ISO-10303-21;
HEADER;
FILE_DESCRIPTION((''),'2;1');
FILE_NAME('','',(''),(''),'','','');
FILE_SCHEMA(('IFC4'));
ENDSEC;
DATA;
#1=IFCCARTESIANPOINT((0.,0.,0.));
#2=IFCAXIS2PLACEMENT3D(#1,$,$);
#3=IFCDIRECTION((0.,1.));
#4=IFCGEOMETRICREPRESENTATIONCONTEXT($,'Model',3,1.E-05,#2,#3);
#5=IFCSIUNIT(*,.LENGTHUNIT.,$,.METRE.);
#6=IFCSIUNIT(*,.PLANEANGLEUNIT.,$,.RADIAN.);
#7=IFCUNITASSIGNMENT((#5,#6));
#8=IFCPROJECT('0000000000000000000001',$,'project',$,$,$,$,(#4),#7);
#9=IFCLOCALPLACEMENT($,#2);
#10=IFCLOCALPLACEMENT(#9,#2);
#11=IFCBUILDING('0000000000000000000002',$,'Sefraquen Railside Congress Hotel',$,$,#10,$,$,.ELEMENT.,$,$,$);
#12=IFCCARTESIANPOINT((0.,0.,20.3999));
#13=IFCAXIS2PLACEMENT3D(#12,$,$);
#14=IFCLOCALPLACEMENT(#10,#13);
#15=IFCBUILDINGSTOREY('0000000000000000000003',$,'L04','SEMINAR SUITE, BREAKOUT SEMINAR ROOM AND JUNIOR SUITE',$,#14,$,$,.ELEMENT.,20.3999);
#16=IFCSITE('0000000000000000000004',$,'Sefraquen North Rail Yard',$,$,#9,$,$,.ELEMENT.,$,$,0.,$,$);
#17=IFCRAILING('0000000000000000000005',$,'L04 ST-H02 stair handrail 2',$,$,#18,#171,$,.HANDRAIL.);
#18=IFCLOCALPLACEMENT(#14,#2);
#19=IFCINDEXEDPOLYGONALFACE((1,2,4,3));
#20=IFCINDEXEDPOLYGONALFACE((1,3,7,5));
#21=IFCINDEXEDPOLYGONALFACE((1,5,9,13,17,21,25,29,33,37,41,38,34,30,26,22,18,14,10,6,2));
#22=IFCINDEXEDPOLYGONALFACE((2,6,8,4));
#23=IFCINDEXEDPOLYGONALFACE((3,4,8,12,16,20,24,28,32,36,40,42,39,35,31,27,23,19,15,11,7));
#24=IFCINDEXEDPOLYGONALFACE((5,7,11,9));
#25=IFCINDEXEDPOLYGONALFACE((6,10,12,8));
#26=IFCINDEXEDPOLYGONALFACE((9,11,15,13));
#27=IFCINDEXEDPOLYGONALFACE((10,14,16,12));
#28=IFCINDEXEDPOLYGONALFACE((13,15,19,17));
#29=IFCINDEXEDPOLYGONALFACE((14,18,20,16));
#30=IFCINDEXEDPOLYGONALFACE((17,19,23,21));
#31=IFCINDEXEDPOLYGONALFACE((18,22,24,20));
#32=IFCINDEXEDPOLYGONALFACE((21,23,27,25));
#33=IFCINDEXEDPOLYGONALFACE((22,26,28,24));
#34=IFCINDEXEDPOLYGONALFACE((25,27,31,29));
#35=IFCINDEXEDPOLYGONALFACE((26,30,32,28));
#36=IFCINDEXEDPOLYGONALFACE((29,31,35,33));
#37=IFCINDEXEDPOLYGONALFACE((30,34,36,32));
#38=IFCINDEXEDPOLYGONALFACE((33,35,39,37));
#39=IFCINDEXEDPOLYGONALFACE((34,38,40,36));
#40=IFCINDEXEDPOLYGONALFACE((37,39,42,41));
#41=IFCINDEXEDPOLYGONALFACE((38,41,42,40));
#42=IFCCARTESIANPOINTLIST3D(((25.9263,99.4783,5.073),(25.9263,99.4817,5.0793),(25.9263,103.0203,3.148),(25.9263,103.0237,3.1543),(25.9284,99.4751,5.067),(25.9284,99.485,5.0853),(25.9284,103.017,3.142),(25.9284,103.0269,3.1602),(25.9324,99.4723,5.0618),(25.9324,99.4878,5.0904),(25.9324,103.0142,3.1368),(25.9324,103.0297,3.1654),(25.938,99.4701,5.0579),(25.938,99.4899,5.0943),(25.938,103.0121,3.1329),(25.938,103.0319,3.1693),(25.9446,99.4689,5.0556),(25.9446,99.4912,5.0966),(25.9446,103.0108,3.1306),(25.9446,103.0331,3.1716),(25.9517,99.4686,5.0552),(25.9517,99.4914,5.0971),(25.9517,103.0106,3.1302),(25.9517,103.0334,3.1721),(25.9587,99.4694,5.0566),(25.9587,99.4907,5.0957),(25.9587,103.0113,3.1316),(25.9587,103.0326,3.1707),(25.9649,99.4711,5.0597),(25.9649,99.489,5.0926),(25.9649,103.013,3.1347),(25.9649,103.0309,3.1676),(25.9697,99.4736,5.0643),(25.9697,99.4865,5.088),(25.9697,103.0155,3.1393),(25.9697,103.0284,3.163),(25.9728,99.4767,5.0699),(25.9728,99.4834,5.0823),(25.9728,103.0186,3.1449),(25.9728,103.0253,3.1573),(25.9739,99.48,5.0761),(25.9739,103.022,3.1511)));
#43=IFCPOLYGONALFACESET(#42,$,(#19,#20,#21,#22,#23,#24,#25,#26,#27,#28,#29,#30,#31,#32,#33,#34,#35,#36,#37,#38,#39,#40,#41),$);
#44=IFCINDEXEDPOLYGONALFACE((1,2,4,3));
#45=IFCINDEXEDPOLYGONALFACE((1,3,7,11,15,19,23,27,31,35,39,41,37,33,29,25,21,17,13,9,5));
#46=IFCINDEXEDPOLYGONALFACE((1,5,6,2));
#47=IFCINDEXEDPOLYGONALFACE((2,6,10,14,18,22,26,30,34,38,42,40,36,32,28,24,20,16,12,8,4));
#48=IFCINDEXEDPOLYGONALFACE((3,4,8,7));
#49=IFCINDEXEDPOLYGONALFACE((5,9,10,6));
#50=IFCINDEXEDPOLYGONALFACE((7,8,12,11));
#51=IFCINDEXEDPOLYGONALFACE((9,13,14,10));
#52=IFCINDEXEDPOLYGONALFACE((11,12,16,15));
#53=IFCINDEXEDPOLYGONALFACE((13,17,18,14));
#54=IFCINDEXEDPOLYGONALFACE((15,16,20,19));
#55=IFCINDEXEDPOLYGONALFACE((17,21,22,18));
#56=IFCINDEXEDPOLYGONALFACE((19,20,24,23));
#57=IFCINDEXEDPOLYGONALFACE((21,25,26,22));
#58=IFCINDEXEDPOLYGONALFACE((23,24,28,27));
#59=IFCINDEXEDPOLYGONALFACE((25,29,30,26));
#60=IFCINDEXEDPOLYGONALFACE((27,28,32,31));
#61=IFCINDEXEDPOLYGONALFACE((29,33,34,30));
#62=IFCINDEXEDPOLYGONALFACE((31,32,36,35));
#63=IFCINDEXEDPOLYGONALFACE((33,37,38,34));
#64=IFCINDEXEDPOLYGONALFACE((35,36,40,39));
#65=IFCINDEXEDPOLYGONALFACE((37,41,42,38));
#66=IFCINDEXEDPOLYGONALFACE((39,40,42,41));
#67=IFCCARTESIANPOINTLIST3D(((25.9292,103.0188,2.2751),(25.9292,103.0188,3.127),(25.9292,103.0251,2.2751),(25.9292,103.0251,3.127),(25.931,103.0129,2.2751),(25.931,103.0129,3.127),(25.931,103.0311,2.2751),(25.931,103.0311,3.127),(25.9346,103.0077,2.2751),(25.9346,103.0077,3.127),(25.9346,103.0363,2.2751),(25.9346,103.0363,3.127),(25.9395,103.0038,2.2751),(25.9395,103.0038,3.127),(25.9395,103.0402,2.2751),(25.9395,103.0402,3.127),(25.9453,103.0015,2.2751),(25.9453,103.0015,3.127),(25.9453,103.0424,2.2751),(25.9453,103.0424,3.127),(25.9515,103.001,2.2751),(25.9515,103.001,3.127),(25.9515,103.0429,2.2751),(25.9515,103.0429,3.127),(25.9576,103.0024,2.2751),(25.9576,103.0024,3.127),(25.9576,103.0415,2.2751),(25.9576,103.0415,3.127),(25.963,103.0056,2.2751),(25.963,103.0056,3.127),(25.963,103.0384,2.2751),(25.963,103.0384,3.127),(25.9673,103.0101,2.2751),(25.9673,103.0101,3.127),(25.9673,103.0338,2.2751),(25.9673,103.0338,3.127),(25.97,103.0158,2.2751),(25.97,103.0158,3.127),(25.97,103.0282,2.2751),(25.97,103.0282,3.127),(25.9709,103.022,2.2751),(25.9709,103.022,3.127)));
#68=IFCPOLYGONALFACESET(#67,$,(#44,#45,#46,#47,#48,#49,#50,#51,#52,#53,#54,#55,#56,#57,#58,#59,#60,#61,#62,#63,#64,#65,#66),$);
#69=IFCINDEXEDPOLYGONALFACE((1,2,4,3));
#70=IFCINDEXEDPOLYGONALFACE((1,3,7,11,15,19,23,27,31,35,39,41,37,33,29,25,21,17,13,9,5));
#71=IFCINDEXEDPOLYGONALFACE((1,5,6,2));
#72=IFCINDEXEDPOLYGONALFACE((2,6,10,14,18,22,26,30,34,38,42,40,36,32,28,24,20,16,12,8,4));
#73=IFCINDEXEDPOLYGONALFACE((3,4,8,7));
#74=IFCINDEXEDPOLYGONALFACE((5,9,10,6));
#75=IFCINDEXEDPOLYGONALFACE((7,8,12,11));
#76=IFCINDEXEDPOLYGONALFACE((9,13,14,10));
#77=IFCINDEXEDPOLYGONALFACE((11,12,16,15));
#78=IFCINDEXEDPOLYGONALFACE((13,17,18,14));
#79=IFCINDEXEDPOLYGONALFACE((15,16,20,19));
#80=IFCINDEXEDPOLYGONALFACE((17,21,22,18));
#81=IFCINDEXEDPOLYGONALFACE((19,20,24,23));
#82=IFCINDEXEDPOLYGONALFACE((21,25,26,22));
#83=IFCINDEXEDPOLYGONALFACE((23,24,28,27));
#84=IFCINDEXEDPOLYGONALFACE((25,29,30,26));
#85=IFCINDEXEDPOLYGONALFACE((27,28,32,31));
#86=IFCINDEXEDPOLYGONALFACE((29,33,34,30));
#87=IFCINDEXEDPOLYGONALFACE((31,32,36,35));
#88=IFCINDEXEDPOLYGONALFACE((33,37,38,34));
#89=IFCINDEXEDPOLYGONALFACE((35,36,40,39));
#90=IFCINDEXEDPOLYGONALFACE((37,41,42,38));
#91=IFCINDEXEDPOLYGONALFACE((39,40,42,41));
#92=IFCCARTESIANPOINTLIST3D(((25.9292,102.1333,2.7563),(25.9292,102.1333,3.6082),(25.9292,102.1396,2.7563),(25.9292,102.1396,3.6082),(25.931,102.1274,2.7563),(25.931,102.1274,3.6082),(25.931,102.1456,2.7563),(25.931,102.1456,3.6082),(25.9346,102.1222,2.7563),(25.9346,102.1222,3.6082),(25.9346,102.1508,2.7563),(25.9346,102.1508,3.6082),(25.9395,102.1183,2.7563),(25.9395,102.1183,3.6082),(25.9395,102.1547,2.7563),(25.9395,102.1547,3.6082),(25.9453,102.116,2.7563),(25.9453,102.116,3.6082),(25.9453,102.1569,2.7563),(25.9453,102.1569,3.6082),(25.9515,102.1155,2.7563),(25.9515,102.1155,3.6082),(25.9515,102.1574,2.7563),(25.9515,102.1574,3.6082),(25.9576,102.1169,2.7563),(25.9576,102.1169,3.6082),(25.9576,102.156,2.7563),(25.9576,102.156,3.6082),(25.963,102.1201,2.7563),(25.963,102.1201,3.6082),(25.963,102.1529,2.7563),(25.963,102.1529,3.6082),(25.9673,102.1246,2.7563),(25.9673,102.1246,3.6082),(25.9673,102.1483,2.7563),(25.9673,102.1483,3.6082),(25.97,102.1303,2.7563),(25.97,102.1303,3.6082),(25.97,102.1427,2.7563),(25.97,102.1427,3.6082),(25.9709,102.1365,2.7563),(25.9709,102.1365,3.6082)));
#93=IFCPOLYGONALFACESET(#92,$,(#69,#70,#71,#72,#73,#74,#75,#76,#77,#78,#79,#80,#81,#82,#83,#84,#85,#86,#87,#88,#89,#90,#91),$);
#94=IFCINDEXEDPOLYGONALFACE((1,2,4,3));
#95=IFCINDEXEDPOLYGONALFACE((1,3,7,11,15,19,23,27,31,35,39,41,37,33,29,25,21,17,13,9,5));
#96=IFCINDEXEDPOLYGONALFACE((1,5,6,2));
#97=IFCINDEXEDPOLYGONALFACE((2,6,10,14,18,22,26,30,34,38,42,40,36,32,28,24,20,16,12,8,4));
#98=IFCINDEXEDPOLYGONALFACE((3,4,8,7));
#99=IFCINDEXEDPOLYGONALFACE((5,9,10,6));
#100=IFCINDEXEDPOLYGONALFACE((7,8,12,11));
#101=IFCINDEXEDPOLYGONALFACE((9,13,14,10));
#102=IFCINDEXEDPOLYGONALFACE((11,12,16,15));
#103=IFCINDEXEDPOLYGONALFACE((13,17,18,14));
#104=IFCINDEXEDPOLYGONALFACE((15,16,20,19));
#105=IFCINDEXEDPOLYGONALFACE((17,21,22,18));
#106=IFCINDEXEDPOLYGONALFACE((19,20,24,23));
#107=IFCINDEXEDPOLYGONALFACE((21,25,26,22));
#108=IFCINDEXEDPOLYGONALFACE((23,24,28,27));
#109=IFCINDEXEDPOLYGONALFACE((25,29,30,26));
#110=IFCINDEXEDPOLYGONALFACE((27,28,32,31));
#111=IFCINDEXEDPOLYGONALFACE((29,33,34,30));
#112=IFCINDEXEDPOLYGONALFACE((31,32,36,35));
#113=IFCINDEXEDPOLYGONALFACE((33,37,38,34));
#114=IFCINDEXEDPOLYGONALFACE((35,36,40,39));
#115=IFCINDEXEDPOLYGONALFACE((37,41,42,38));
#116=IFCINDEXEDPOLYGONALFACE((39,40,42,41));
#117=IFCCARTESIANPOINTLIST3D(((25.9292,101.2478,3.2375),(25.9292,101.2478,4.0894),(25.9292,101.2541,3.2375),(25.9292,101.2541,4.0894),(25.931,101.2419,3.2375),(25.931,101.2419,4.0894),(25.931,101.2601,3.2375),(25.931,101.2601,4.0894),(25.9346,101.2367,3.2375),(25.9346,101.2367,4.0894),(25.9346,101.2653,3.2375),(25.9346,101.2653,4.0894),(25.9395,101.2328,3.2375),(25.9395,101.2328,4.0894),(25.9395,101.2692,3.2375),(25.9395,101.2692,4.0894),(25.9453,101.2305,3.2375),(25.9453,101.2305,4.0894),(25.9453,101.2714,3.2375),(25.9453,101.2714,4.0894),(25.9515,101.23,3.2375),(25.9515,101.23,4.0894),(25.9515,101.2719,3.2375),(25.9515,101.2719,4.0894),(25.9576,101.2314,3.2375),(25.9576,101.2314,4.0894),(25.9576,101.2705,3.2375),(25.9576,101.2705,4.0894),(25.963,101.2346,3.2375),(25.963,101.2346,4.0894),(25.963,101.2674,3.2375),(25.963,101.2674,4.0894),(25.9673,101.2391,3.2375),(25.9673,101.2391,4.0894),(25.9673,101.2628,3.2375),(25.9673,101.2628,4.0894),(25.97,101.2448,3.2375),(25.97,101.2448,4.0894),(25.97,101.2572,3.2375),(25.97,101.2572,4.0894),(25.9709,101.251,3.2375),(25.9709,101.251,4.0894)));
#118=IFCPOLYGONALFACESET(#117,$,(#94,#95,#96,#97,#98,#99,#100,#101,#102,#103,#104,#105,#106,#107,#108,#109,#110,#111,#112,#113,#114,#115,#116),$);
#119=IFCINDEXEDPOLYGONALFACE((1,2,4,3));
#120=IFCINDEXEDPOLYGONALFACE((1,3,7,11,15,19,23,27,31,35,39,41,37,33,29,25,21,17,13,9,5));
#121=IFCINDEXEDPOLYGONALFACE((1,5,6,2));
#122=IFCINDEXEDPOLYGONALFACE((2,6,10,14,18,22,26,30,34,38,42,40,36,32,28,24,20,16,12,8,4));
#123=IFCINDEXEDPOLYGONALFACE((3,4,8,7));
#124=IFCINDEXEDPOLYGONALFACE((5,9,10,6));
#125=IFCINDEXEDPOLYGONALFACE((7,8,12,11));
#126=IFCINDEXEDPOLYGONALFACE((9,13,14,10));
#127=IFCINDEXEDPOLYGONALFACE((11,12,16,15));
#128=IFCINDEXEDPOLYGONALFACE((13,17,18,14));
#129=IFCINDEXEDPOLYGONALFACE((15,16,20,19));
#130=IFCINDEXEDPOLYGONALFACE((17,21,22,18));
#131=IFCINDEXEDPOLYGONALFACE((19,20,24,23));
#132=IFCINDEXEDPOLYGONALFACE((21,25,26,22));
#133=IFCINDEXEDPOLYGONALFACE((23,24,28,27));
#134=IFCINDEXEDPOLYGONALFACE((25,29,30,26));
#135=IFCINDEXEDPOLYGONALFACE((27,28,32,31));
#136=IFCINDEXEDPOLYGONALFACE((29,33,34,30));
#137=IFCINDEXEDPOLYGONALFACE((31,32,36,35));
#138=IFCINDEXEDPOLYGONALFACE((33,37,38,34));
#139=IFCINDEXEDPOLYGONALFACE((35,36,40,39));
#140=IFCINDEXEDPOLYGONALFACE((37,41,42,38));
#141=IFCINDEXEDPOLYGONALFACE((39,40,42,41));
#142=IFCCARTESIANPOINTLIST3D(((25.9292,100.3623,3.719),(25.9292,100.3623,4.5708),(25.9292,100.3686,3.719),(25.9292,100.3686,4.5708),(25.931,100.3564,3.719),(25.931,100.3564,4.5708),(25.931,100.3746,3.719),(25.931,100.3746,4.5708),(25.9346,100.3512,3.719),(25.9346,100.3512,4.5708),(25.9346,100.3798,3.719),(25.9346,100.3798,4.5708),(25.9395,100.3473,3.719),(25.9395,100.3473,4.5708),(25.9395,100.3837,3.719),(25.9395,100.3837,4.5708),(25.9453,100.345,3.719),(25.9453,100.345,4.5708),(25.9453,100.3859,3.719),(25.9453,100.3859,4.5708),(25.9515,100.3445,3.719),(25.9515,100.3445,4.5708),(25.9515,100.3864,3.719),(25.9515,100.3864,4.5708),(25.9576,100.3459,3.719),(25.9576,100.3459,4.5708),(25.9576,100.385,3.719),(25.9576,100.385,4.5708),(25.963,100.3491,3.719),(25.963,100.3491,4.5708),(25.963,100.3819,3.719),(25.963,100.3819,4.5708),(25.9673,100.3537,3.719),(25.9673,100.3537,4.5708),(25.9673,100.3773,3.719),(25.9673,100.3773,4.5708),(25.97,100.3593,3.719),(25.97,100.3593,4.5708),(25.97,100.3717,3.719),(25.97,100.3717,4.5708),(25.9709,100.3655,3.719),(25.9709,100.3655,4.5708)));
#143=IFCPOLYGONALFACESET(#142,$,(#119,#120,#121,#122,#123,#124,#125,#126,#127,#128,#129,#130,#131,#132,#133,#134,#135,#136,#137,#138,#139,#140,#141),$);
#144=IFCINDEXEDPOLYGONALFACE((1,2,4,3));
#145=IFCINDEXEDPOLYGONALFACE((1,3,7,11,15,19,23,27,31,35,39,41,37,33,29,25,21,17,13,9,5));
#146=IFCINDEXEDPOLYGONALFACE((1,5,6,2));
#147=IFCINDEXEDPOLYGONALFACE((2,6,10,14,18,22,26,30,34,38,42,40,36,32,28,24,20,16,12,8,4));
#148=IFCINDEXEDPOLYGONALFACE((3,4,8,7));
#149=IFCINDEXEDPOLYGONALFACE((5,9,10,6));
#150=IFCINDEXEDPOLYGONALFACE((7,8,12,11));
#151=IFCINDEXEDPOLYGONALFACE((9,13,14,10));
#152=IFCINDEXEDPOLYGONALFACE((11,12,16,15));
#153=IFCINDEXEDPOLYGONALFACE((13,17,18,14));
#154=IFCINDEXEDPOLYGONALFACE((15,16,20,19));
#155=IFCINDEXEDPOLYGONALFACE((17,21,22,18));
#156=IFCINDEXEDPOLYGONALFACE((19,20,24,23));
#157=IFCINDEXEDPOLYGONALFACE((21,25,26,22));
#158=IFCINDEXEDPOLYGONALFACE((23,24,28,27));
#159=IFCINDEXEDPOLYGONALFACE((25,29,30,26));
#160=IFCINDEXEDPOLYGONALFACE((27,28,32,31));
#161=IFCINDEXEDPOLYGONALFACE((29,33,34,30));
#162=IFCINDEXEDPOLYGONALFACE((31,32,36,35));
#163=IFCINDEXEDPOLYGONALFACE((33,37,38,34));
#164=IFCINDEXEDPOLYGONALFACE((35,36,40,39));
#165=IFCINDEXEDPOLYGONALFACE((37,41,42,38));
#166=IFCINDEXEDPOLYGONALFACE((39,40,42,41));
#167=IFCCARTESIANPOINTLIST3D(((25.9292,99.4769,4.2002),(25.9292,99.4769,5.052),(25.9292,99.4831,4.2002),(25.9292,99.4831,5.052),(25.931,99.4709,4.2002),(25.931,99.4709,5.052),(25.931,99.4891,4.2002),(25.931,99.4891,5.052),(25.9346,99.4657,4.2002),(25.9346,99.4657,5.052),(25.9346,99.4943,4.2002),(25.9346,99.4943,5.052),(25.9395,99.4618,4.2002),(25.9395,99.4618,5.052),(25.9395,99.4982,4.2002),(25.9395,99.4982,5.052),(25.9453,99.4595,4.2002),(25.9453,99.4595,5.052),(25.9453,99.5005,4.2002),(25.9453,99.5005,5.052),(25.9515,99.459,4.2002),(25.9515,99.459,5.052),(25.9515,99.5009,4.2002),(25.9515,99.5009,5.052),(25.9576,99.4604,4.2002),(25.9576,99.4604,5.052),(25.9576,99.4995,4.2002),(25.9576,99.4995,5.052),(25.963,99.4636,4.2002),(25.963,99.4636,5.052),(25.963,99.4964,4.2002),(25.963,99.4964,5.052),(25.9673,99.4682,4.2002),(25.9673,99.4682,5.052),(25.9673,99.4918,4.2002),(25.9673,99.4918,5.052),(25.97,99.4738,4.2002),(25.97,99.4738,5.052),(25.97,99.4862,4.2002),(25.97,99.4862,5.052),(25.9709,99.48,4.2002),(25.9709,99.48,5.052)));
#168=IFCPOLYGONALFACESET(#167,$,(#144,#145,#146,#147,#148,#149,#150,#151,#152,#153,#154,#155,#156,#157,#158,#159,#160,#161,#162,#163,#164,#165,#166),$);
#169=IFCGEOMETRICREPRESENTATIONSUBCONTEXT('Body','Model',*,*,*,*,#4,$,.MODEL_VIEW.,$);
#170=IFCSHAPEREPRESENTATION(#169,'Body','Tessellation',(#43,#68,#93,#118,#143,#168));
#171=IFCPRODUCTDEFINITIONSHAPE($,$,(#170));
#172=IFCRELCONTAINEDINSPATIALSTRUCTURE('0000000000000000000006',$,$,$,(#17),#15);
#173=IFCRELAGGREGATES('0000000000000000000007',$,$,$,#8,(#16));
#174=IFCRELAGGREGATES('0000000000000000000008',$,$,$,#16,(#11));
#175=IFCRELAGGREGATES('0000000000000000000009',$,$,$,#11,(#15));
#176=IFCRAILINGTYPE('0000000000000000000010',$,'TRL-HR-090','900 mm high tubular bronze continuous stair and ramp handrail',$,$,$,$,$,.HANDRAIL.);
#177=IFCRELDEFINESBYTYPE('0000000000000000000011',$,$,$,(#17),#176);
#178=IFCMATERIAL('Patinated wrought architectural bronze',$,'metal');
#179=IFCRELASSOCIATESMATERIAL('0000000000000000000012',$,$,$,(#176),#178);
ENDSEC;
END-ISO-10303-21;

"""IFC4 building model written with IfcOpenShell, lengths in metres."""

from ifc_helpers import new_model, si_unit, direction, frame, origin, origin_2d, place, context, subcontext, project, spatial, circle, extrude, material, type_object, element, save


model = new_model("IFC4")

# Units and contexts
model_context = context("Model", 3, precision=1e-05, world=origin(), true_north=direction((0.0, 1.0)))
body_context = subcontext(model_context, "Body", "Model", "MODEL_VIEW")
ifc_project = project(units=[si_unit("LENGTHUNIT", "METRE"), si_unit("PLANEANGLEUNIT", "RADIAN")], contexts=[model_context])

# Site, building, storey
site_placement = place(None, origin())
site = spatial("IfcSite", under=ifc_project, at=site_placement, Name="Sefraquen North Rail Yard", CompositionType="ELEMENT", RefElevation=0.0)
building_placement = place(site_placement, origin())
building = spatial("IfcBuilding", under=site, at=building_placement, Name="Sefraquen Railside Congress Hotel", CompositionType="ELEMENT")
storey_placement = place(building_placement, frame((0.0, 0.0, 20.3999)))
storey = spatial("IfcBuildingStorey", under=building, at=storey_placement, Name="L04", Description="SEMINAR SUITE, BREAKOUT SEMINAR ROOM AND JUNIOR SUITE", CompositionType="ELEMENT", Elevation=20.3999)

# Railing
ifc_material_1 = material(Name="Patinated wrought architectural bronze", Category="metal")
railing_type_1 = type_object("IfcRailingType", Name="TRL-HR-090", Description="900 mm high tubular bronze continuous stair and ramp handrail", PredefinedType="HANDRAIL", material=ifc_material_1)
railing_1_placement = place(storey_placement, frame((25.95, 103.022, 2.2751)))
element("IfcRailing", 1, at=railing_1_placement, inside=storey, type_object=railing_type_1, Name="L04 ST-H02 stair handrail 2", PredefinedType="HANDRAIL", context=body_context, shape_type="SweptSolid", body=[
    extrude(circle(Radius=0.0239, at=origin_2d()), frame((0.0, 0.0, 0.876), z_axis=(0.0, -0.878619, 0.477523), x_axis=(1.0, 0.0, 0.0)), (0.0, 0.0, 1.0), 4.0312),
    extrude(circle(Radius=0.021, at=origin_2d()), origin(), (0.0, 0.0, 1.0), 0.8518),
    extrude(circle(Radius=0.021, at=origin_2d()), frame((0.0, -0.8855, 0.4812)), (0.0, 0.0, 1.0), 0.8518),
    extrude(circle(Radius=0.021, at=origin_2d()), frame((0.0, -1.771, 0.9624)), (0.0, 0.0, 1.0), 0.8518),
    extrude(circle(Radius=0.021, at=origin_2d()), frame((0.0, -2.6565, 1.4438)), (0.0, 0.0, 1.0), 0.8518),
    extrude(circle(Radius=0.021, at=origin_2d()), frame((0.0, -3.542, 1.925)), (0.0, 0.0, 1.0), 0.8518),
])

save(model, "model.ifc")
